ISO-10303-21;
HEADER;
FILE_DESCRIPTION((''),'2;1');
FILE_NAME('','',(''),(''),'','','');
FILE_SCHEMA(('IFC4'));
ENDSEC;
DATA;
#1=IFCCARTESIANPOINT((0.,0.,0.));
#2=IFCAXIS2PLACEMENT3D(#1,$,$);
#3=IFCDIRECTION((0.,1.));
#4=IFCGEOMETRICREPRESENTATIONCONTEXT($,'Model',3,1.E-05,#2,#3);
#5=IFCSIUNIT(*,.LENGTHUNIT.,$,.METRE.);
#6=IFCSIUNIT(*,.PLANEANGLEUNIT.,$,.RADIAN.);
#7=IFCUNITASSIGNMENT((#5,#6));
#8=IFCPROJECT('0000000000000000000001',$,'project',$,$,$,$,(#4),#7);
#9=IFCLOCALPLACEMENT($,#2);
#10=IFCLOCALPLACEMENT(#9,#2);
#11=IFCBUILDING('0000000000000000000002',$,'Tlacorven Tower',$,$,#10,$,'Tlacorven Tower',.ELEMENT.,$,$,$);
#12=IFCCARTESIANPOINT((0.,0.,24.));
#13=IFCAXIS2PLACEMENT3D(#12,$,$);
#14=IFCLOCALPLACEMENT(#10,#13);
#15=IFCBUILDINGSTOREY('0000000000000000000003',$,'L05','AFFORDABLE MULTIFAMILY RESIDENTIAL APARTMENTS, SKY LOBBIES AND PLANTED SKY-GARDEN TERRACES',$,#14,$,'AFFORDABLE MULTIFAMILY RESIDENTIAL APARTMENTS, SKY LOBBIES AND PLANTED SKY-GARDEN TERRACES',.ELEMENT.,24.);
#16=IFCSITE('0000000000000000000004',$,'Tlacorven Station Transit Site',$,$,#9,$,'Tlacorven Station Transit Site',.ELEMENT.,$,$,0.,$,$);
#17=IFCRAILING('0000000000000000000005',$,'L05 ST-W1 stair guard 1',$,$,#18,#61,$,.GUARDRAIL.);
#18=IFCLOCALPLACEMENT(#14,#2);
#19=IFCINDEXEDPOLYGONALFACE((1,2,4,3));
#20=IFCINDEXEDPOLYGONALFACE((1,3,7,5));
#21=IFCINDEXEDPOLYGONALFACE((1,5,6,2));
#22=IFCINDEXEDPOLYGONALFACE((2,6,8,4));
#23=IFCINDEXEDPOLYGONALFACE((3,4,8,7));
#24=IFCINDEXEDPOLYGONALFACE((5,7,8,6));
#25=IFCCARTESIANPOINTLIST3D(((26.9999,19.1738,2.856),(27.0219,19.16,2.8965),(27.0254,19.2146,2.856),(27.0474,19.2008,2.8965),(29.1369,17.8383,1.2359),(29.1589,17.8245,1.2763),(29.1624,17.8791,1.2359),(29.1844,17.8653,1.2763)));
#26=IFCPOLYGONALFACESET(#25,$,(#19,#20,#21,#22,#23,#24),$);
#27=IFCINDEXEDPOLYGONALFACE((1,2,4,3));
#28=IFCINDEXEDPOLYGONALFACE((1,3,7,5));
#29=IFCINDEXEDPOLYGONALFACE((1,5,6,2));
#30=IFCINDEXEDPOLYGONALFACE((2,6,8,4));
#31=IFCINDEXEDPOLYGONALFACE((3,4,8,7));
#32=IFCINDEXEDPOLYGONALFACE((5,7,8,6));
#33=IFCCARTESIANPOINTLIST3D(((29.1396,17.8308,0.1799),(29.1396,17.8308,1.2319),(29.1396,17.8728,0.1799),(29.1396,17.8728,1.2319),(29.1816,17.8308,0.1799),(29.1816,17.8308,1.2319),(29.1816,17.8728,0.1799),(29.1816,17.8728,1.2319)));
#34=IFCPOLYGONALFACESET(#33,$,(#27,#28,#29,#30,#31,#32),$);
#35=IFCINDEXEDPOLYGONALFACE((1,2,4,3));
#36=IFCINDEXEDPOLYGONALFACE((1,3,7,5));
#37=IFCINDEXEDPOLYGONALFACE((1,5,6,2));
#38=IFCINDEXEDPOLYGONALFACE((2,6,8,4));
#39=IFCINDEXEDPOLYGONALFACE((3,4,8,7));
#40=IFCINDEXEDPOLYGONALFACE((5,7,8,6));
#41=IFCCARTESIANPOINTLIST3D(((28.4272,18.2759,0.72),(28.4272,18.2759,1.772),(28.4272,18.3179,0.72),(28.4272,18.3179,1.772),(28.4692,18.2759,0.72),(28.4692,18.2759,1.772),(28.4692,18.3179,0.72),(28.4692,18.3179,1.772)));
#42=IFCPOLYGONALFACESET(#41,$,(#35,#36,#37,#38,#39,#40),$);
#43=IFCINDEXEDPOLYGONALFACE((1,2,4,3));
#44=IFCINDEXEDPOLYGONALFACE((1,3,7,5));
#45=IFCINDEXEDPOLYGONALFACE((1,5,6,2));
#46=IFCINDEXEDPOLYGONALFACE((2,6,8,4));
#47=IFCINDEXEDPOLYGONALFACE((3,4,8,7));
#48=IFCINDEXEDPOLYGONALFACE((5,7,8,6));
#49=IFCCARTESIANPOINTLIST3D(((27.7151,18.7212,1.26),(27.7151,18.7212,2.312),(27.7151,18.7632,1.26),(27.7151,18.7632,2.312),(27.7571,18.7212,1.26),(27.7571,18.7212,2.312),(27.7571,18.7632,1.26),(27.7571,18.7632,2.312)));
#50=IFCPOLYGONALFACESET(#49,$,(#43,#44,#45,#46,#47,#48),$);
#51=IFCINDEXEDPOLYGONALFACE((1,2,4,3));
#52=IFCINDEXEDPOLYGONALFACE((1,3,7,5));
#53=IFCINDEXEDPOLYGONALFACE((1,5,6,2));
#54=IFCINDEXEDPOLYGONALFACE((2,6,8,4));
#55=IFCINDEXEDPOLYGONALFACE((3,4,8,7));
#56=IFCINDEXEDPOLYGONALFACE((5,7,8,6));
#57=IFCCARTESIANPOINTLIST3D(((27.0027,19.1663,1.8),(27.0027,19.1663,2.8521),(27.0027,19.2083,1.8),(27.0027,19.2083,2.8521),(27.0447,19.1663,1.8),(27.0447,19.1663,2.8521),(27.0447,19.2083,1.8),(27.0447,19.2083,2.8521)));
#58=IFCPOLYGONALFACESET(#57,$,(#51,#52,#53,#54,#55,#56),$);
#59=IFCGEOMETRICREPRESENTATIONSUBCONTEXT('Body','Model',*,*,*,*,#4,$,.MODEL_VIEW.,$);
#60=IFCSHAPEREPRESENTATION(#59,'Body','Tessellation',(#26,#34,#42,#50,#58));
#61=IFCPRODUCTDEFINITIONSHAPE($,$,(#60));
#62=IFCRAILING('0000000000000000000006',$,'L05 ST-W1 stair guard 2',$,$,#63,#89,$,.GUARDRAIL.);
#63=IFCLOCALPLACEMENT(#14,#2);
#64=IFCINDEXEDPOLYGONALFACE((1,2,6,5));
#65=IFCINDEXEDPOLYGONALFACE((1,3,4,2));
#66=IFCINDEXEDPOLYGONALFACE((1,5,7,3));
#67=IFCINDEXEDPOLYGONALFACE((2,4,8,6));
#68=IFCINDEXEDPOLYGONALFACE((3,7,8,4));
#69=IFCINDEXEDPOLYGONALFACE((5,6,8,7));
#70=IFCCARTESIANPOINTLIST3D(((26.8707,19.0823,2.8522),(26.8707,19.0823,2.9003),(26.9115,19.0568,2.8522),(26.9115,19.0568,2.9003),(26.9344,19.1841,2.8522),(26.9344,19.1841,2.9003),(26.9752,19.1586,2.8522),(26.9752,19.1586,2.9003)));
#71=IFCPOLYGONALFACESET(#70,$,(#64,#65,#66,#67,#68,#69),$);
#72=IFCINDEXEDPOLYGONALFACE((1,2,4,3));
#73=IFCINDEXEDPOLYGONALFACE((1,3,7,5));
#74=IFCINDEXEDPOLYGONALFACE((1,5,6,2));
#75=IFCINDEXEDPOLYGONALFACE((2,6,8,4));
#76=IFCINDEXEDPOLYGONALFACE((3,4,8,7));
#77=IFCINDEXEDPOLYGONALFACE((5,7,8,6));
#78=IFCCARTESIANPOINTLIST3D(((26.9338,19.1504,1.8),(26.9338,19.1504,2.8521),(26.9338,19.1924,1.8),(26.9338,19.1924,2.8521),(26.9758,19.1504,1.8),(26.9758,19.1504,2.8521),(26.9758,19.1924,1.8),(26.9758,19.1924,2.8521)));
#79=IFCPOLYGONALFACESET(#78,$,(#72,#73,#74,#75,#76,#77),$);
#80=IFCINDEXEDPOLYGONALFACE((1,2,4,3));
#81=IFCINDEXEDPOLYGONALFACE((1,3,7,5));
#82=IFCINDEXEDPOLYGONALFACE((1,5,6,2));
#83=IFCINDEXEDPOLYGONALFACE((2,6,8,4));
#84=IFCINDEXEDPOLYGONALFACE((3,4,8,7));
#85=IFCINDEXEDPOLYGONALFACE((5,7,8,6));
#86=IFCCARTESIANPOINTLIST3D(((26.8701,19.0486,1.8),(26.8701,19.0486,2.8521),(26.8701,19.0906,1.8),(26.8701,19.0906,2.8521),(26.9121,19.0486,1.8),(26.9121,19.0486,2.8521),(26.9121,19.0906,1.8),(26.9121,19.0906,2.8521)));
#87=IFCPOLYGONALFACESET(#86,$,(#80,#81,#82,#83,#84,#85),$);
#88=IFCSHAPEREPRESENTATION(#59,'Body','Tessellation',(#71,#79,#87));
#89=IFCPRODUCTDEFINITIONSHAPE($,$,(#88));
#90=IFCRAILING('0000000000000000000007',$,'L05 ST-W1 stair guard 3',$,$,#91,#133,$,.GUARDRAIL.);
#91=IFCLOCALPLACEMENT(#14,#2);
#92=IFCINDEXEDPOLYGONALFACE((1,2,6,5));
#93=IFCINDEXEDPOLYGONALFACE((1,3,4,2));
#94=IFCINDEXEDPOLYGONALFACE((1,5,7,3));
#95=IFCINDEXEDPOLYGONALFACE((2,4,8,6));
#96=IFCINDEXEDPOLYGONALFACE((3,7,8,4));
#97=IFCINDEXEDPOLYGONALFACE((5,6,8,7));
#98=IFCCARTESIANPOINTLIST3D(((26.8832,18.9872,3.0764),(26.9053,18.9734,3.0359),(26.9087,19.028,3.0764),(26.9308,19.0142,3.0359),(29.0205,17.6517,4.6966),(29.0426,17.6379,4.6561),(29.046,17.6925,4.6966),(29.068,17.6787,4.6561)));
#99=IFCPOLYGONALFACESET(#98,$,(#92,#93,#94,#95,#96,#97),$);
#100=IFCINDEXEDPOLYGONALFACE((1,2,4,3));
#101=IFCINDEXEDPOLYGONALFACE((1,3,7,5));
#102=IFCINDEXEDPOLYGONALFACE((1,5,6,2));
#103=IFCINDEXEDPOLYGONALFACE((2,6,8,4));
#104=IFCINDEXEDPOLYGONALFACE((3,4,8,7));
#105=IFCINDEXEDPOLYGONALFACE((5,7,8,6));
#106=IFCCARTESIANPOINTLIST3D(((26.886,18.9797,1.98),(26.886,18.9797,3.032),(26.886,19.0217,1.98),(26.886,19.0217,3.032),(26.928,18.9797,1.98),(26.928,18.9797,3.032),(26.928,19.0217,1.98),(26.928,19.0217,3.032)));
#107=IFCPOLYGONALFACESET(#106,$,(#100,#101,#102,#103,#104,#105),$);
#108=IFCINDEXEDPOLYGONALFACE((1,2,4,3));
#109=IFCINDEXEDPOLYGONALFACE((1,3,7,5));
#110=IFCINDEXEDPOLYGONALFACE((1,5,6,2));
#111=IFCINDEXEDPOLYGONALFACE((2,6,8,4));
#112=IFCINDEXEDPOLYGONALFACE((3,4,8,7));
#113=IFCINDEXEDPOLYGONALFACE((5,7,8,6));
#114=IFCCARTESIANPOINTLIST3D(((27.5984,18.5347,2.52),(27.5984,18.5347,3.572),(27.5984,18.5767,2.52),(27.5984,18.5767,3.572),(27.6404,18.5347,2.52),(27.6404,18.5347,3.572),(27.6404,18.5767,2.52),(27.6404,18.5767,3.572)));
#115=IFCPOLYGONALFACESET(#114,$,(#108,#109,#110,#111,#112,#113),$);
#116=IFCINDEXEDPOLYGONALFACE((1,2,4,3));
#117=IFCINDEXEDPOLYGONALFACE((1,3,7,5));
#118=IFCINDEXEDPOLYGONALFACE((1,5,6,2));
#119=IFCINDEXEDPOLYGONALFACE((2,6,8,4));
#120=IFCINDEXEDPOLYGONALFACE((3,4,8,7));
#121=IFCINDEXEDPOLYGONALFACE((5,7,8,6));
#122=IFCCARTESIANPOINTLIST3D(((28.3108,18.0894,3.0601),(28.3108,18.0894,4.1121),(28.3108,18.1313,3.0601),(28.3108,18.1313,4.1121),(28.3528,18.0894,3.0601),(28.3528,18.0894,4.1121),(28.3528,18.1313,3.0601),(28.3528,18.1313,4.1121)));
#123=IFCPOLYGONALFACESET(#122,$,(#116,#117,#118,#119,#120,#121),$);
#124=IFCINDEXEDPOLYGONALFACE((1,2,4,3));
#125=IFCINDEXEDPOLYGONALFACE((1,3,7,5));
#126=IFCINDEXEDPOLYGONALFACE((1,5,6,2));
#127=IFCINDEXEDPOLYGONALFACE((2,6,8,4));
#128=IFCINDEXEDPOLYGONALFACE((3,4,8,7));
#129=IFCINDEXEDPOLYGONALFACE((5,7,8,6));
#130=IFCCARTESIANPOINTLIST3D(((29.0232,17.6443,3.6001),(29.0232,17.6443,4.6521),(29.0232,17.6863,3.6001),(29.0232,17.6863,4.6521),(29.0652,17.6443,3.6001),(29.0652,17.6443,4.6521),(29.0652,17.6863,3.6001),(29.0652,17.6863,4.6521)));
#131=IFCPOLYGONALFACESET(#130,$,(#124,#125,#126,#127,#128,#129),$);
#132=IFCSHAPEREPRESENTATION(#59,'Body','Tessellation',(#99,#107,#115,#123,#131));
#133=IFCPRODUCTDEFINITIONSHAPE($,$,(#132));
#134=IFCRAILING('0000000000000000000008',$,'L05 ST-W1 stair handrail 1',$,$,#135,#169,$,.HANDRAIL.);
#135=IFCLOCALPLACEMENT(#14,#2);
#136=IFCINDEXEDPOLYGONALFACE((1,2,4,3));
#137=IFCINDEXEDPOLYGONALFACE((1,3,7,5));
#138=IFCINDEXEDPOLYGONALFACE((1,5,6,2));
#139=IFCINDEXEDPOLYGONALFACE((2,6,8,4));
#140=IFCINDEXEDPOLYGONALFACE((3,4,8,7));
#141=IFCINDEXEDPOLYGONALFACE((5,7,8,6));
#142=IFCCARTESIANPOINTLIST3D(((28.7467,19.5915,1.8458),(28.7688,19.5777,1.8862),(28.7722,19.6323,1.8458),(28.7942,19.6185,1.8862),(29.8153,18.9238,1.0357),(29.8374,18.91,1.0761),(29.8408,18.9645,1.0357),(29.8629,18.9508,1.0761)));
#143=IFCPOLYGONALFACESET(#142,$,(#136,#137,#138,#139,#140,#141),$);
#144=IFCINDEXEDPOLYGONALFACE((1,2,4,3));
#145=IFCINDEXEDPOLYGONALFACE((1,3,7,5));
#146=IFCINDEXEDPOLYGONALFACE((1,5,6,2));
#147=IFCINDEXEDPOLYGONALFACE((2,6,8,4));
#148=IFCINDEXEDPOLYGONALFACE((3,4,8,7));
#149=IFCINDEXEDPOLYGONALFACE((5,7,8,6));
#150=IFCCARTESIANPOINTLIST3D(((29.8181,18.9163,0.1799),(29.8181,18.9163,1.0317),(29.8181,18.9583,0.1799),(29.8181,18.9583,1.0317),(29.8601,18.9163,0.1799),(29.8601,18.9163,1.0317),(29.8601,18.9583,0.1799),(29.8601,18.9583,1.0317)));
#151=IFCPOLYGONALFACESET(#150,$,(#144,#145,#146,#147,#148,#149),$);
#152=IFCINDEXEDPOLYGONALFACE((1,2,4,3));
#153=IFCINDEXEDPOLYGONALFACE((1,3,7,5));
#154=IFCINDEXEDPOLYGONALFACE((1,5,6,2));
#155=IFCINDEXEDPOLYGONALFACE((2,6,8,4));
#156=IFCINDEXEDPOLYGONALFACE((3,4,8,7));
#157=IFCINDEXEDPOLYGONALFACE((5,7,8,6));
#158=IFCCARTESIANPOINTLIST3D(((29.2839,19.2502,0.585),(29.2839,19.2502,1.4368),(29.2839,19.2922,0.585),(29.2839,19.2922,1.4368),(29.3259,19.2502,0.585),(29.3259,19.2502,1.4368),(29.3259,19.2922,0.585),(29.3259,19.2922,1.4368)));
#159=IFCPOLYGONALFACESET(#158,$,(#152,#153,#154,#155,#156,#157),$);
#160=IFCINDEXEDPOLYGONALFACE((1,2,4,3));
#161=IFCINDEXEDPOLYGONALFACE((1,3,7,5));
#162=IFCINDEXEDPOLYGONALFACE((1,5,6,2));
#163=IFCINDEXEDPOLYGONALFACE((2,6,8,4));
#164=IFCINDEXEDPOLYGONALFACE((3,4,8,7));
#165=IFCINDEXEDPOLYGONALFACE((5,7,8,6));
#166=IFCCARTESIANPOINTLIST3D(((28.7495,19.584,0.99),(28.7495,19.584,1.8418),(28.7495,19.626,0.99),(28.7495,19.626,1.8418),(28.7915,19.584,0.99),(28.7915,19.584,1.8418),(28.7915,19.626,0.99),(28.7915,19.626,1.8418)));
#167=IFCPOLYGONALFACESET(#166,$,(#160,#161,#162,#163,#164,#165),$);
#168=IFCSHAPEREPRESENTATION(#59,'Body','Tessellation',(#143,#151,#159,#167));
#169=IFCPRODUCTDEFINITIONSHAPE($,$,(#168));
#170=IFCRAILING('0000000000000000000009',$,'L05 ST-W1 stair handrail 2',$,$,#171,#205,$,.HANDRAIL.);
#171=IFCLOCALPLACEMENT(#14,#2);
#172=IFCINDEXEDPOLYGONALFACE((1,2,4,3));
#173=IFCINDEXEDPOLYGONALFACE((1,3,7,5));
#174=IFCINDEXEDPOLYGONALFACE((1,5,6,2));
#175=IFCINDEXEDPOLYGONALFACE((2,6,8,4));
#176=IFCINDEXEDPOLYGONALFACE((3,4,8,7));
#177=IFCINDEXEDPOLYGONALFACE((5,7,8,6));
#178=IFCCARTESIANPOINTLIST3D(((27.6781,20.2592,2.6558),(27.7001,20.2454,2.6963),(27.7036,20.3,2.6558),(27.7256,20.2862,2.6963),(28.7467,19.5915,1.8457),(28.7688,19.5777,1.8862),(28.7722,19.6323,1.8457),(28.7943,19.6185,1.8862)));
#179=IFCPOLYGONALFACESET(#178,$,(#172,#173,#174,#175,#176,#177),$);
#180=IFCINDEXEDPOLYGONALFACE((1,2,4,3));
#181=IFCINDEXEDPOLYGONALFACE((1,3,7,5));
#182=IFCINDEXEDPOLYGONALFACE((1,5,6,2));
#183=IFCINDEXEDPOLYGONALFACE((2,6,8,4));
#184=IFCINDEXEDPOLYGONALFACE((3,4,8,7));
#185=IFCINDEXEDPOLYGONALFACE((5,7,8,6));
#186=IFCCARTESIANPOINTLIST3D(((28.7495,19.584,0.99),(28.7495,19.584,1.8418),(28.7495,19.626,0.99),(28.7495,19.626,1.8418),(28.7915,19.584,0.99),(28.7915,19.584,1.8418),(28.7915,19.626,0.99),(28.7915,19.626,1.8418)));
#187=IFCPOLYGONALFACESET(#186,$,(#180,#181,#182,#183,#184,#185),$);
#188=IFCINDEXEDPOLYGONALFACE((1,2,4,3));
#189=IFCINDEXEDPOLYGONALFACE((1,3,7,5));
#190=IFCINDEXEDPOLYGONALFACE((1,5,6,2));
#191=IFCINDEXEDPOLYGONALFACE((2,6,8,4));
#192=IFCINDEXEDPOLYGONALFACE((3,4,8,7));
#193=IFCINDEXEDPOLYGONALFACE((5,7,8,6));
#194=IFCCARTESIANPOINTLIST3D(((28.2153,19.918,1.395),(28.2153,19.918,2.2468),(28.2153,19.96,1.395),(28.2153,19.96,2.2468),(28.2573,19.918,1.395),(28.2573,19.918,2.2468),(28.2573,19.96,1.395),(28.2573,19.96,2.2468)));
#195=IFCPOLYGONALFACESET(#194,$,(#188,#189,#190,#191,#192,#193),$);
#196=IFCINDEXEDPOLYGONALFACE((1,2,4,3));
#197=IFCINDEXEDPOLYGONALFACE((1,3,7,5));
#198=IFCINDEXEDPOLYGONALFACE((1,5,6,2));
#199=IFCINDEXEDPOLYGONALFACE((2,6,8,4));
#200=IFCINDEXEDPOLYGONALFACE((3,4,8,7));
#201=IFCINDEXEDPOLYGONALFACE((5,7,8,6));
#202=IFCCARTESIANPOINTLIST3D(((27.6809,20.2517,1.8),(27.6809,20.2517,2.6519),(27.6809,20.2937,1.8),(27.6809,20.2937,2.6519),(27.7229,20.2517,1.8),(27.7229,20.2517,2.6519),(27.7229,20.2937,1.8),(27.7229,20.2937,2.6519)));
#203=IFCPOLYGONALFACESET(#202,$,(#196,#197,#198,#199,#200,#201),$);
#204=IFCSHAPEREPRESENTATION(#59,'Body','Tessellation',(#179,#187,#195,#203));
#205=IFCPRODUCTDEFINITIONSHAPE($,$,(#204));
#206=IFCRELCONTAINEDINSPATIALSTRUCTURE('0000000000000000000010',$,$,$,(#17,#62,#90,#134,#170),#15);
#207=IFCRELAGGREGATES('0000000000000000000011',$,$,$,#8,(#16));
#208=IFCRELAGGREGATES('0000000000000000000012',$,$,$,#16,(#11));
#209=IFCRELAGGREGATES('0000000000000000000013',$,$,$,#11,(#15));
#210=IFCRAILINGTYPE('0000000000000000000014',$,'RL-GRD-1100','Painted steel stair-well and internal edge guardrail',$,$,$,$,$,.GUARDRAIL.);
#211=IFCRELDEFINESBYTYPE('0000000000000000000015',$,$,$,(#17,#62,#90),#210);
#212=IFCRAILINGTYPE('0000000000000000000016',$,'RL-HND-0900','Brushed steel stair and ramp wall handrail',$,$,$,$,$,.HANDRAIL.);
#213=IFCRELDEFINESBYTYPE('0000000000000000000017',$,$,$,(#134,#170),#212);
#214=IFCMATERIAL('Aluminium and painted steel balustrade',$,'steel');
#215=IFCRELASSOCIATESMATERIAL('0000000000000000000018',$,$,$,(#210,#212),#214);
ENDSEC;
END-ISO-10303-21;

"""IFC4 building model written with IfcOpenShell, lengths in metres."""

from ifc_helpers import new_model, si_unit, direction, frame, origin, origin_2d, place, context, subcontext, project, spatial, rectangle, extrude, source, transform, mapped, material, type_object, element, save


model = new_model("IFC4")

# Units and contexts
model_context = context("Model", 3, precision=1e-05, world=origin(), true_north=direction((0.0, 1.0)))
body_context = subcontext(model_context, "Body", "Model", "MODEL_VIEW")
ifc_project = project(units=[si_unit("LENGTHUNIT", "METRE"), si_unit("PLANEANGLEUNIT", "RADIAN")], contexts=[model_context])

# Site, building, storey
site_placement = place(None, origin())
site = spatial("IfcSite", under=ifc_project, at=site_placement, Name="Tlacorven Station Transit Site", LongName="Tlacorven Station Transit Site", CompositionType="ELEMENT", RefElevation=0.0)
building_placement = place(site_placement, origin())
building = spatial("IfcBuilding", under=site, at=building_placement, Name="Tlacorven Tower", LongName="Tlacorven Tower", CompositionType="ELEMENT")
storey_placement = place(building_placement, frame((0.0, 0.0, 24.0)))
storey = spatial("IfcBuildingStorey", under=building, at=storey_placement, Name="L05", Description="AFFORDABLE MULTIFAMILY RESIDENTIAL APARTMENTS, SKY LOBBIES AND PLANTED SKY-GARDEN TERRACES", LongName="AFFORDABLE MULTIFAMILY RESIDENTIAL APARTMENTS, SKY LOBBIES AND PLANTED SKY-GARDEN TERRACES", CompositionType="ELEMENT", Elevation=24.0)

# Railings
ifc_material_1 = material(Name="Aluminium and painted steel balustrade", Category="steel")
railing_type_1 = type_object("IfcRailingType", Name="RL-GRD-1100", Description="Painted steel stair-well and internal edge guardrail", PredefinedType="GUARDRAIL", material=ifc_material_1)
shared_shape_1 = source(origin(), body_context, "Body", "SweptSolid", [
    extrude(rectangle(XDim=0.0481, YDim=0.0481, at=origin_2d()), frame((0.0, 0.0, 1.0762), z_axis=(-0.71332, 0.445774, 0.540796), x_axis=(-0.529955, -0.848026, 0.0)), (0.0, 0.0, 1.0), 2.9958),
    extrude(rectangle(XDim=0.042, YDim=0.042, at=origin_2d()), origin(), (0.0, 0.0, 1.0), 1.052),
    extrude(rectangle(XDim=0.042, YDim=0.042, at=origin_2d()), frame((-0.7124, 0.4451, 0.54)), (0.0, 0.0, 1.0), 1.052),
    extrude(rectangle(XDim=0.042, YDim=0.042, at=origin_2d()), frame((-1.4246, 0.8904, 1.0801)), (0.0, 0.0, 1.0), 1.052),
    extrude(rectangle(XDim=0.042, YDim=0.042, at=origin_2d()), frame((-2.137, 1.3354, 1.6201)), (0.0, 0.0, 1.0), 1.052),
])
railing_1_placement = place(storey_placement, frame((29.1606, 17.8518, 0.1799)))
element("IfcRailing", 1, at=railing_1_placement, inside=storey, type_object=railing_type_1, Name="L05 ST-W1 stair guard 1", PredefinedType="GUARDRAIL", context=body_context, shape_type="MappedRepresentation", body=[
    mapped(shared_shape_1, transform((0.0, 0.0, 0.0), scale=1.0)),
])
shared_shape_2 = source(origin(), body_context, "Body", "SweptSolid", [
    extrude(rectangle(XDim=0.0481, YDim=0.0481, at=origin_2d()), frame((0.0, 0.0, 1.0762), z_axis=(-0.530547, -0.847656, 0.0), x_axis=(0.847656, -0.530547, 0.0)), (0.0, 0.0, 1.0), 0.1201),
    extrude(rectangle(XDim=0.042, YDim=0.042, at=origin_2d()), origin(), (0.0, 0.0, 1.0), 1.052),
    extrude(rectangle(XDim=0.042, YDim=0.042, at=origin_2d()), frame((-0.0637, -0.1018, 0.0)), (0.0, 0.0, 1.0), 1.052),
])
railing_2_placement = place(storey_placement, frame((26.9548, 19.1714, 1.8)))
element("IfcRailing", 2, at=railing_2_placement, inside=storey, type_object=railing_type_1, Name="L05 ST-W1 stair guard 2", PredefinedType="GUARDRAIL", context=body_context, shape_type="MappedRepresentation", body=[
    mapped(shared_shape_2, transform((0.0, 0.0, 0.0), scale=1.0)),
])
shared_shape_3 = source(origin(), body_context, "Body", "SweptSolid", [
    extrude(rectangle(XDim=0.0481, YDim=0.0481, at=origin_2d()), frame((0.0, 0.0, 1.0762), z_axis=(0.71336, -0.445748, 0.540765), x_axis=(0.529912, 0.848053, 0.0)), (0.0, 0.0, 1.0), 2.9961),
    extrude(rectangle(XDim=0.042, YDim=0.042, at=origin_2d()), origin(), (0.0, 0.0, 1.0), 1.052),
    extrude(rectangle(XDim=0.042, YDim=0.042, at=origin_2d()), frame((0.7124, -0.4451, 0.54)), (0.0, 0.0, 1.0), 1.052),
    extrude(rectangle(XDim=0.042, YDim=0.042, at=origin_2d()), frame((1.4248, -0.8904, 1.0801)), (0.0, 0.0, 1.0), 1.052),
    extrude(rectangle(XDim=0.042, YDim=0.042, at=origin_2d()), frame((2.1372, -1.3354, 1.6201)), (0.0, 0.0, 1.0), 1.052),
])
railing_3_placement = place(storey_placement, frame((26.907, 19.0007, 1.98)))
element("IfcRailing", 3, at=railing_3_placement, inside=storey, type_object=railing_type_1, Name="L05 ST-W1 stair guard 3", PredefinedType="GUARDRAIL", context=body_context, shape_type="MappedRepresentation", body=[
    mapped(shared_shape_3, transform((0.0, 0.0, 0.0), scale=1.0)),
])
railing_type_2 = type_object("IfcRailingType", Name="RL-HND-0900", Description="Brushed steel stair and ramp wall handrail", PredefinedType="HANDRAIL", material=ifc_material_1)
shared_shape_4 = source(origin(), body_context, "Body", "SweptSolid", [
    extrude(rectangle(XDim=0.0481, YDim=0.0481, at=origin_2d()), frame((0.0, 0.0, 0.876), z_axis=(-0.71336, 0.445748, 0.540765), x_axis=(-0.529912, -0.848053, 0.0)), (0.0, 0.0, 1.0), 1.498),
    extrude(rectangle(XDim=0.042, YDim=0.042, at=origin_2d()), origin(), (0.0, 0.0, 1.0), 0.8518),
    extrude(rectangle(XDim=0.042, YDim=0.042, at=origin_2d()), frame((-0.5342, 0.334, 0.405)), (0.0, 0.0, 1.0), 0.8518),
    extrude(rectangle(XDim=0.042, YDim=0.042, at=origin_2d()), frame((-1.0686, 0.6677, 0.8101)), (0.0, 0.0, 1.0), 0.8518),
])
for number, where, name in (
    (4, (29.8391, 18.9373, 0.1799), "L05 ST-W1 stair handrail 1"),
    (5, (28.7705, 19.605, 0.99), "L05 ST-W1 stair handrail 2"),
):
    element("IfcRailing", number, at=place(storey_placement, frame(where)), inside=storey, type_object=railing_type_2, Name=name, PredefinedType="HANDRAIL", context=body_context, shape_type="MappedRepresentation", body=[
        mapped(shared_shape_4, transform((0.0, 0.0, 0.0), scale=1.0)),
    ])

save(model, "model.ifc")
